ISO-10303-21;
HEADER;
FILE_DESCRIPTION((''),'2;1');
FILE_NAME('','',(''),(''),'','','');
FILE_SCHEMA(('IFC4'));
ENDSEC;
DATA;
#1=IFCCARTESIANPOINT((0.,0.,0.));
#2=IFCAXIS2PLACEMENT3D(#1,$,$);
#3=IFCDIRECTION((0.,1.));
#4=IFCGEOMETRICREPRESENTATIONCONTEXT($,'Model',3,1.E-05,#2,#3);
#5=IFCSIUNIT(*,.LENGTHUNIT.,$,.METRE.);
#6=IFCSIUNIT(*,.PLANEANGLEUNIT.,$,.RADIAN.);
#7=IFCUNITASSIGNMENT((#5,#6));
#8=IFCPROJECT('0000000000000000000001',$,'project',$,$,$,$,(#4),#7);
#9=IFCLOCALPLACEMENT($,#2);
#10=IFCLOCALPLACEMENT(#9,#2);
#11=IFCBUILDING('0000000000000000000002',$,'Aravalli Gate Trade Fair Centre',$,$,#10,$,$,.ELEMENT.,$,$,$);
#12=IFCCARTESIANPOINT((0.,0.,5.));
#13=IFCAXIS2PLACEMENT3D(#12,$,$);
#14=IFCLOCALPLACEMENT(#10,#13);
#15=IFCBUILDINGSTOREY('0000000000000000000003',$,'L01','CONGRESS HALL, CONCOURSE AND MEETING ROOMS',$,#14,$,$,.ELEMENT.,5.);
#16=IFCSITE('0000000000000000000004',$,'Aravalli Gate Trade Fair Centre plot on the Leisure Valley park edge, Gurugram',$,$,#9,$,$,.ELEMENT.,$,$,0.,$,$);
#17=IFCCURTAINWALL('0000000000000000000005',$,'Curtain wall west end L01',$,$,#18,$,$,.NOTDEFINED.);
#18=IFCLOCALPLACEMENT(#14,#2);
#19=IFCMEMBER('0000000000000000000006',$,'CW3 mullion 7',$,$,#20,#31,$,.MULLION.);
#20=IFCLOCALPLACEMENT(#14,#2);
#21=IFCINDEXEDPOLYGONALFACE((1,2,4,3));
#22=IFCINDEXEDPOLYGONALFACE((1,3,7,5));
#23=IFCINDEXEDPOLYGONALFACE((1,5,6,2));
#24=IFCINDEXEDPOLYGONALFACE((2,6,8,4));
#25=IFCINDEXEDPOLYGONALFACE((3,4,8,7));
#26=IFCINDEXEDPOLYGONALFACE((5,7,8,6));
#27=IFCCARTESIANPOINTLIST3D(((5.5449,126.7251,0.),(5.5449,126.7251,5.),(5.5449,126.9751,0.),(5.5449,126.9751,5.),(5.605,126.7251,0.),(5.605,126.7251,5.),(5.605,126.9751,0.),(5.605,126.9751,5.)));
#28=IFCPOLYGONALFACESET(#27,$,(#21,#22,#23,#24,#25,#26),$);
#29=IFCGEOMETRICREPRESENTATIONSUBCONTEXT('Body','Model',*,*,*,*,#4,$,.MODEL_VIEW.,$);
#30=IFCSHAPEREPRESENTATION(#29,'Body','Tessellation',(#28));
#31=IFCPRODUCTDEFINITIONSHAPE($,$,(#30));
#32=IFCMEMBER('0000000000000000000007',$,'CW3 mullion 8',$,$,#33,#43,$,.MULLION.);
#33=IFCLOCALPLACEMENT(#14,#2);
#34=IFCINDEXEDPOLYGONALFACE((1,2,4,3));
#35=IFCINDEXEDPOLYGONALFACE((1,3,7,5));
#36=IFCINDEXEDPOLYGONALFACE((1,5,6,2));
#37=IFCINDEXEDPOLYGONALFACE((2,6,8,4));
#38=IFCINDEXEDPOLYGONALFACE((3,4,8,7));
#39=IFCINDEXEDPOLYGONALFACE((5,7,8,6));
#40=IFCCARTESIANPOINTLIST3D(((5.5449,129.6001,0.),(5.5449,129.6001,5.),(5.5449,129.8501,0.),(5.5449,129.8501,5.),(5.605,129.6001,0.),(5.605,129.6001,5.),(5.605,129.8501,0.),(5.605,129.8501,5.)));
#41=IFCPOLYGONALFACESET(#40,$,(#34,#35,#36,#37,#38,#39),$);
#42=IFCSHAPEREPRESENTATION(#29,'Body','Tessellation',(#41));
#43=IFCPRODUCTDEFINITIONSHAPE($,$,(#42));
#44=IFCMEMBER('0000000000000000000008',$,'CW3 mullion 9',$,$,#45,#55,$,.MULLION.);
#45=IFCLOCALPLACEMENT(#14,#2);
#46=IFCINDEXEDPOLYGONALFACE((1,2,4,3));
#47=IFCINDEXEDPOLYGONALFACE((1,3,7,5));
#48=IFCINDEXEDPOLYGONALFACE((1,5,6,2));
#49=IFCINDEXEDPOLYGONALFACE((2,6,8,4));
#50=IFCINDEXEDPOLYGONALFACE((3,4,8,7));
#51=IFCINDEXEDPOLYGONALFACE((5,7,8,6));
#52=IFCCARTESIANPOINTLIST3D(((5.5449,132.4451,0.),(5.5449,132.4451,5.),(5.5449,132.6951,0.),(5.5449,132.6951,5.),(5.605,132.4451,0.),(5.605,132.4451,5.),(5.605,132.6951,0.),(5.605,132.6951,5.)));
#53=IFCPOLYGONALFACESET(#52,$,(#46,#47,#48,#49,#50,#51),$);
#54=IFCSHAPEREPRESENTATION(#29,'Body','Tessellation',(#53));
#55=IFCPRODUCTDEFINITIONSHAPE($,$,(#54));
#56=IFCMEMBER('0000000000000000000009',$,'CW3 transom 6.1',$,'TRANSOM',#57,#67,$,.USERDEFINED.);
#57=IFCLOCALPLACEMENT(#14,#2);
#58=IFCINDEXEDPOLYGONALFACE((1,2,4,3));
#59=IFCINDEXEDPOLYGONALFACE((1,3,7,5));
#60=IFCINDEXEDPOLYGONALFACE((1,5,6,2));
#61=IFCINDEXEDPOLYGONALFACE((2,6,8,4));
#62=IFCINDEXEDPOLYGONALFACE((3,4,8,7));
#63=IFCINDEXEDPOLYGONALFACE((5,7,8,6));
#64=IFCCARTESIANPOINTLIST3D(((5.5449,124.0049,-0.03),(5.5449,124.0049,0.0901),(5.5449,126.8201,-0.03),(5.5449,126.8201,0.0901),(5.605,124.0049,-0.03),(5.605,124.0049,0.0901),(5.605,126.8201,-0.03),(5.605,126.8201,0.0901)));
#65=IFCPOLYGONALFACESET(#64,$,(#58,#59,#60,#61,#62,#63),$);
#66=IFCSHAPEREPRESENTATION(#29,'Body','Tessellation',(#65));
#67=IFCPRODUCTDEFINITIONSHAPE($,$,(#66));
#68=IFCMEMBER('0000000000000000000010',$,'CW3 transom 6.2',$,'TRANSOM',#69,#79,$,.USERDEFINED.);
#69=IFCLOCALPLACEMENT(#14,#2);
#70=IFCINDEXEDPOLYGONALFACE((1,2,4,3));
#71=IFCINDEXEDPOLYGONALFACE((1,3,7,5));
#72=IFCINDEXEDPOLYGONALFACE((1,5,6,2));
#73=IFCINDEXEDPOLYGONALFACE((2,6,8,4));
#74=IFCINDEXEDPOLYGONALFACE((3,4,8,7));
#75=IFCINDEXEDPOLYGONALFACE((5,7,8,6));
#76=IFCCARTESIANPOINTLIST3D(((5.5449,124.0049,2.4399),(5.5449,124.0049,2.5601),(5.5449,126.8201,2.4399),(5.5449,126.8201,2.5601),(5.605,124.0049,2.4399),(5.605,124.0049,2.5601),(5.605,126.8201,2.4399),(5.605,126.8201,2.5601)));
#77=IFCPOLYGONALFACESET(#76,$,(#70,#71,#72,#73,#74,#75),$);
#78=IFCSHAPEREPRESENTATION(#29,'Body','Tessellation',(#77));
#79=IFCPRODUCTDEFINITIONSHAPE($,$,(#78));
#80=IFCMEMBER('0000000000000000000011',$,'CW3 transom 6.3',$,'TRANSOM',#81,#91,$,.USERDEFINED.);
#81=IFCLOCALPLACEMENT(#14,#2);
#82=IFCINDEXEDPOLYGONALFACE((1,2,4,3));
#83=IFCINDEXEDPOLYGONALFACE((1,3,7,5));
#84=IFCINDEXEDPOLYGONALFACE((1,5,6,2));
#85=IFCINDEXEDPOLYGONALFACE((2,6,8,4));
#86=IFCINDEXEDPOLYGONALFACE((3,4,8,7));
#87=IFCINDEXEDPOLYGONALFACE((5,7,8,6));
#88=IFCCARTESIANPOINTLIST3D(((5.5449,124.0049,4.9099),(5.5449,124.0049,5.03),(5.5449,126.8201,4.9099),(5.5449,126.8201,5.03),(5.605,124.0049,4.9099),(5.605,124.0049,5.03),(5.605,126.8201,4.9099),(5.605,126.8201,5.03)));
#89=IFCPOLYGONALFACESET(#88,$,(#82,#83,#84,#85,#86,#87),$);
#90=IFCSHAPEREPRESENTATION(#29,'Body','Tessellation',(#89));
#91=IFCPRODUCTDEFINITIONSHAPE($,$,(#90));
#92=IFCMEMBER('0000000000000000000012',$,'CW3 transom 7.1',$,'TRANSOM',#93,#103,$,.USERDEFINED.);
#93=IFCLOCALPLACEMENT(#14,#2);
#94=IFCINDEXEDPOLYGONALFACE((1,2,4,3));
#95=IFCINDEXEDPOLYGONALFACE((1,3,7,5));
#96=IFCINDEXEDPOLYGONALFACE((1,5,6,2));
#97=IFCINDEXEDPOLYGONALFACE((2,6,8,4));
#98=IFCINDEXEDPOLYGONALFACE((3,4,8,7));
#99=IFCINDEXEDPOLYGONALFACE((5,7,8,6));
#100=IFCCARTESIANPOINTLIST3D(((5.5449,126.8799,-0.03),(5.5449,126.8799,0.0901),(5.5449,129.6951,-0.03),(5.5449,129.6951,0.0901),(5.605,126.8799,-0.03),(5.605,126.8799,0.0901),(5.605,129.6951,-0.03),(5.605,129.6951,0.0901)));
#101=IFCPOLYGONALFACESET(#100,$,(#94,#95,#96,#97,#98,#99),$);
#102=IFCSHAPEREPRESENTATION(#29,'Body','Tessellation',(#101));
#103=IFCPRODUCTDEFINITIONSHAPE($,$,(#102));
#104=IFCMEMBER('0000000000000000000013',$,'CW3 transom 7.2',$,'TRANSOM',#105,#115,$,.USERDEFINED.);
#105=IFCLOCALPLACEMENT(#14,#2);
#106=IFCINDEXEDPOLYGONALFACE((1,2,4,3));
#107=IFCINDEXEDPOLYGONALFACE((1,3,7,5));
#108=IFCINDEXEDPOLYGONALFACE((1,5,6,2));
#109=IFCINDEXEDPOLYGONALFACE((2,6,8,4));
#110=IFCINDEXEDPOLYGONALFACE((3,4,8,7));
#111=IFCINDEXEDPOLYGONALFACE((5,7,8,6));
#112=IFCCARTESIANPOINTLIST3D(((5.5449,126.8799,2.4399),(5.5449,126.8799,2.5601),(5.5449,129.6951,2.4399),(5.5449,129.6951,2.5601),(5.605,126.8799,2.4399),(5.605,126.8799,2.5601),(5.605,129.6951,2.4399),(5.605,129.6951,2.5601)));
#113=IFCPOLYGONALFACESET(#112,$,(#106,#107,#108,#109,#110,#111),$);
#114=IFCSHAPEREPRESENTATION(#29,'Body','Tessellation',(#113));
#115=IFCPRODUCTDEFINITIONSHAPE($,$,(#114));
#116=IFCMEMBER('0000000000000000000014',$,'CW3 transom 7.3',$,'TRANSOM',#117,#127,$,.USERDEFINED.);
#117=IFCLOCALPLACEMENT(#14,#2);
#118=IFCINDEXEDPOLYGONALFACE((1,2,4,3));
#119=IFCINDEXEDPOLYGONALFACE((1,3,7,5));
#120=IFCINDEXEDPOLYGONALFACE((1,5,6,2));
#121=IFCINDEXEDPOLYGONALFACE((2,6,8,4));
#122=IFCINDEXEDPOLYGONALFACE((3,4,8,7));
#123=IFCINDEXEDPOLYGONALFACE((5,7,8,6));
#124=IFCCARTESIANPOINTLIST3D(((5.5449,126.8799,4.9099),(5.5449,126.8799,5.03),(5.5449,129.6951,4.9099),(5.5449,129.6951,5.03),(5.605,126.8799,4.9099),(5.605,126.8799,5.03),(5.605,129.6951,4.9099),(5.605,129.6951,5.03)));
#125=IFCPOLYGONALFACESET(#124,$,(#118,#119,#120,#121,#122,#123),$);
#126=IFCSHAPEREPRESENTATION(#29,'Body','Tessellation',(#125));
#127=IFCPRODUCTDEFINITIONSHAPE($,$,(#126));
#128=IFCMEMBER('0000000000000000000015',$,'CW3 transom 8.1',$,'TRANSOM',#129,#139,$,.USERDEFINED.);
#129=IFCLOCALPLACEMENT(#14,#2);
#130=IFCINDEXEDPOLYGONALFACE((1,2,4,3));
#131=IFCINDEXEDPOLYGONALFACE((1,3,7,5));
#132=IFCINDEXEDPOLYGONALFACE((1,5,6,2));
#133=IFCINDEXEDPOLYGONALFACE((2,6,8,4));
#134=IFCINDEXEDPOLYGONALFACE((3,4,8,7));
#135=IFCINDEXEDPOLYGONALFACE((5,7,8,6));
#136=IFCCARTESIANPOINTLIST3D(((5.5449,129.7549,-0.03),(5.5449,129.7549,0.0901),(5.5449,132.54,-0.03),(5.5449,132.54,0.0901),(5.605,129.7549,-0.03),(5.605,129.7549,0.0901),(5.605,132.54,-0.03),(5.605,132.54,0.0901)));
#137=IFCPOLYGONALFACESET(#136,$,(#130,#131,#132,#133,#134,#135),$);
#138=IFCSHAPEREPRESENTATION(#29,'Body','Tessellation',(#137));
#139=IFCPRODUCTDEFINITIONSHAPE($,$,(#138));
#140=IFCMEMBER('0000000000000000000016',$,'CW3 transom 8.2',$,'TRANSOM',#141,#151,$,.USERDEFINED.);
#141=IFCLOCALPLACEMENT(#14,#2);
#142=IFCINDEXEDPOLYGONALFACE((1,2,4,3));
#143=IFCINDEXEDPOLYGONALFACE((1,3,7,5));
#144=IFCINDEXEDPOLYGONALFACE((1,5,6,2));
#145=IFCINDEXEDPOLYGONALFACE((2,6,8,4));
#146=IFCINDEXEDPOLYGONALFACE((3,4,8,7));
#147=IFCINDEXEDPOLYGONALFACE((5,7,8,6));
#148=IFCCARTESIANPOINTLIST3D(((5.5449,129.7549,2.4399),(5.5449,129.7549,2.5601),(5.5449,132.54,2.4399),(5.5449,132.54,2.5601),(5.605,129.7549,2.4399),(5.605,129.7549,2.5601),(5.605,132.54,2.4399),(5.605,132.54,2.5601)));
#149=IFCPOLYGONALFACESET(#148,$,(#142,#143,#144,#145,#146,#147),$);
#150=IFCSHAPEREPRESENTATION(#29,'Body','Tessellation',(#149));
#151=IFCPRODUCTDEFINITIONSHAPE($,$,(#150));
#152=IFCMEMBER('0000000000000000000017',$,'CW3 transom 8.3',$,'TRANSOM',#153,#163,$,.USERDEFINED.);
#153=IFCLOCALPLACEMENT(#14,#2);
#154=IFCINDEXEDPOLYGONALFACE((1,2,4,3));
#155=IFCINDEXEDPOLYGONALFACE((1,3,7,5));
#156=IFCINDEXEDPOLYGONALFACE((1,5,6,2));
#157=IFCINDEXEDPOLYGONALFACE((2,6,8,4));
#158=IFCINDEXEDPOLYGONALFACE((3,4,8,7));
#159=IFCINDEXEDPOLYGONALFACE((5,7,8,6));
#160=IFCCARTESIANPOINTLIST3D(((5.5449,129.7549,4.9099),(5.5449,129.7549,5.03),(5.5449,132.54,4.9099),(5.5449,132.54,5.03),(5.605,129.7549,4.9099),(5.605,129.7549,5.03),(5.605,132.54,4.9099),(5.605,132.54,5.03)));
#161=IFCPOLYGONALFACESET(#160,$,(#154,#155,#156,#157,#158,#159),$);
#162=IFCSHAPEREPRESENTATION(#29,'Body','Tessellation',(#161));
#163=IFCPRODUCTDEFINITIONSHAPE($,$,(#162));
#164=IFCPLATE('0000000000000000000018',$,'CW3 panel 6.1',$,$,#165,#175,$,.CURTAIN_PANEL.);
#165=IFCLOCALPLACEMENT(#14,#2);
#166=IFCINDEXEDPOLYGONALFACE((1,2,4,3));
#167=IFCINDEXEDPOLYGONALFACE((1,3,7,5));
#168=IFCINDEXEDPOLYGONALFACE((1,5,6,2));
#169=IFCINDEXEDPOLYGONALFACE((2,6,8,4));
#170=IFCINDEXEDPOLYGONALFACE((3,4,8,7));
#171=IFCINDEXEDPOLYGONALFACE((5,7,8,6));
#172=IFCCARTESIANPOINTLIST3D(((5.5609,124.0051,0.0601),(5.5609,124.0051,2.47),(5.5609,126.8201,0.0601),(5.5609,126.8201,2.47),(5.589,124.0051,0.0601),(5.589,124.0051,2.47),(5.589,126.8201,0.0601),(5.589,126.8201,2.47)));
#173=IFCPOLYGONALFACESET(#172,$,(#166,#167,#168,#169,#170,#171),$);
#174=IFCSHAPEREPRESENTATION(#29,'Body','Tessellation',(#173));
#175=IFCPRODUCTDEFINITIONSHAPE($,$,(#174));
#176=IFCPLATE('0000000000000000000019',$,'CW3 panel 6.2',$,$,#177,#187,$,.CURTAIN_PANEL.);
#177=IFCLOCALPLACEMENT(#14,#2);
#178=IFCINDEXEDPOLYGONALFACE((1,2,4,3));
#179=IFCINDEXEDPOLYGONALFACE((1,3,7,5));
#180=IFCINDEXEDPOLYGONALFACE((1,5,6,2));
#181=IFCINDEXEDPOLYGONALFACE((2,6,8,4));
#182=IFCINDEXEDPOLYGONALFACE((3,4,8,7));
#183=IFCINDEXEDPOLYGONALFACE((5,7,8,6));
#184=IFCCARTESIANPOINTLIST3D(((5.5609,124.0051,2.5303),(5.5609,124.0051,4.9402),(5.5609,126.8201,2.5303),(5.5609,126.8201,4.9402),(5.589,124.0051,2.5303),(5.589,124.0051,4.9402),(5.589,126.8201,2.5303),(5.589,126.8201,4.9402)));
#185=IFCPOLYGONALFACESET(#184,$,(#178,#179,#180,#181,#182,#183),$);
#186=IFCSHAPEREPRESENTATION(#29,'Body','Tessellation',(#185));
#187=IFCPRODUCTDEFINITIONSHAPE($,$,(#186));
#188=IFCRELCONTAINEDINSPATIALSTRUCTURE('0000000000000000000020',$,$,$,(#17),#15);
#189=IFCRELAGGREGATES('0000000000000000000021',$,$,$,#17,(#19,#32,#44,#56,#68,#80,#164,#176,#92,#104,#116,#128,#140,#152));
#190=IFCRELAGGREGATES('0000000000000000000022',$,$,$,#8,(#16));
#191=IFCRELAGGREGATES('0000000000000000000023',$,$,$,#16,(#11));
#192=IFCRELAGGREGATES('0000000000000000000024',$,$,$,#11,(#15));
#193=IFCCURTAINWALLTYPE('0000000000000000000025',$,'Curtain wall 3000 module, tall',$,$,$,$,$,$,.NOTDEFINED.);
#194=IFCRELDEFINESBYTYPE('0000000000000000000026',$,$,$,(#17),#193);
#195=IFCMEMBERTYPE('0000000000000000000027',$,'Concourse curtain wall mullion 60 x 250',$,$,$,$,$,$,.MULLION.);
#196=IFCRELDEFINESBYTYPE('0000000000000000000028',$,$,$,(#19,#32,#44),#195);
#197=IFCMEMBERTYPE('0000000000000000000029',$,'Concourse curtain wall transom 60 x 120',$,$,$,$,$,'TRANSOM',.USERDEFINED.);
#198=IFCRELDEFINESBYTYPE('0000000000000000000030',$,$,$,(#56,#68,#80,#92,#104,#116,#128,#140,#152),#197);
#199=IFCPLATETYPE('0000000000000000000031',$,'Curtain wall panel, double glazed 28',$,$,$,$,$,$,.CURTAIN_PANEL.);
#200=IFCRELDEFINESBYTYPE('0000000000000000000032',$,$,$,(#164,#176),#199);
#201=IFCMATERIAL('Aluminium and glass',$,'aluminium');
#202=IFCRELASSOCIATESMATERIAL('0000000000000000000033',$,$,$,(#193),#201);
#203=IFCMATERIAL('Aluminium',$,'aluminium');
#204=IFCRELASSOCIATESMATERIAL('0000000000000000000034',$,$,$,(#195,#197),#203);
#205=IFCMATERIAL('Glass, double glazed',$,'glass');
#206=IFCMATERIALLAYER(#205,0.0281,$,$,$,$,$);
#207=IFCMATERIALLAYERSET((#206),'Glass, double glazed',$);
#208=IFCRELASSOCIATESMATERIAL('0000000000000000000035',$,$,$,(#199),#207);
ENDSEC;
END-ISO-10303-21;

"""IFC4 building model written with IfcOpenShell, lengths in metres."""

from ifc_helpers import new_model, si_unit, direction, frame, origin, origin_2d, place, context, subcontext, project, spatial, rectangle, extrude, material, layer, layer_set, material_profile, profile_set, type_object, element, aggregate, save


model = new_model("IFC4")

# Units and contexts
model_context = context("Model", 3, precision=1e-05, world=origin(), true_north=direction((0.0, 1.0)))
body_context = subcontext(model_context, "Body", "Model", "MODEL_VIEW")
ifc_project = project(units=[si_unit("LENGTHUNIT", "METRE"), si_unit("PLANEANGLEUNIT", "RADIAN")], contexts=[model_context])

# Site, building, storey
site_placement = place(None, origin())
site = spatial("IfcSite", under=ifc_project, at=site_placement, Name="Aravalli Gate Trade Fair Centre plot on the Leisure Valley park edge, Gurugram", CompositionType="ELEMENT", RefElevation=0.0)
building_placement = place(site_placement, origin())
building = spatial("IfcBuilding", under=site, at=building_placement, Name="Aravalli Gate Trade Fair Centre", CompositionType="ELEMENT")
storey_placement = place(building_placement, frame((0.0, 0.0, 5.0)))
storey = spatial("IfcBuildingStorey", under=building, at=storey_placement, Name="L01", Description="CONGRESS HALL, CONCOURSE AND MEETING ROOMS", CompositionType="ELEMENT", Elevation=5.0)

# Curtain wall, members, plates
ifc_material_1 = material(Name="Aluminium and glass", Category="aluminium")
curtain_wall_type = type_object("IfcCurtainWallType", Name="Curtain wall 3000 module, tall", PredefinedType="NOTDEFINED", material=ifc_material_1)
curtain_wall_placement = place(storey_placement, origin())
curtain_wall = element("IfcCurtainWall", 1, at=curtain_wall_placement, inside=storey, type_object=curtain_wall_type, Name="Curtain wall west end L01", PredefinedType="NOTDEFINED")
ifc_material_2 = material(Name="Aluminium", Category="aluminium")
ifc_material_profile_1 = material_profile(ifc_material_2, rectangle(XDim=0.0601, YDim=0.25, at=origin_2d()), Name="Concourse curtain wall mullion 60 x 250")
ifc_profile_set_1 = profile_set([ifc_material_profile_1], Name="Aluminium")
member_type_1 = type_object("IfcMemberType", Name="Concourse curtain wall mullion 60 x 250", PredefinedType="MULLION", material=ifc_profile_set_1)
member_1_placement = place(storey_placement, frame((5.575, 126.8501, 0.0), z_axis=(0.0, 0.0, 1.0), x_axis=(-1.0, 0.0, 0.0)))
member_1 = element("IfcMember", 2, at=member_1_placement, type_object=member_type_1, Name="CW3 mullion 7", PredefinedType="MULLION", context=body_context, shape_type="SweptSolid", body=[
    extrude(rectangle(XDim=0.0601, YDim=0.25, at=origin_2d()), origin(), (0.0, 0.0, 1.0), 5.0),
])
member_2_placement = place(storey_placement, frame((5.575, 129.7251, 0.0), z_axis=(0.0, 0.0, 1.0), x_axis=(-1.0, 0.0, 0.0)))
member_2 = element("IfcMember", 3, at=member_2_placement, type_object=member_type_1, Name="CW3 mullion 8", PredefinedType="MULLION", context=body_context, shape_type="SweptSolid", body=[
    extrude(rectangle(XDim=0.0601, YDim=0.25, at=origin_2d()), origin(), (0.0, 0.0, 1.0), 5.0),
])
member_3_placement = place(storey_placement, frame((5.575, 132.5701, 0.0), z_axis=(0.0, 0.0, 1.0), x_axis=(-1.0, 0.0, 0.0)))
member_3 = element("IfcMember", 4, at=member_3_placement, type_object=member_type_1, Name="CW3 mullion 9", PredefinedType="MULLION", context=body_context, shape_type="SweptSolid", body=[
    extrude(rectangle(XDim=0.0601, YDim=0.25, at=origin_2d()), origin(), (0.0, 0.0, 1.0), 5.0),
])
ifc_material_profile_2 = material_profile(ifc_material_2, rectangle(XDim=0.0601, YDim=0.1201, at=origin_2d()), Name="Concourse curtain wall transom 60 x 120")
ifc_profile_set_2 = profile_set([ifc_material_profile_2], Name="Aluminium")
member_type_2 = type_object("IfcMemberType", Name="Concourse curtain wall transom 60 x 120", ElementType="TRANSOM", PredefinedType="USERDEFINED", material=ifc_profile_set_2)
member_4_placement = place(storey_placement, frame((5.575, 124.0049, 0.03), z_axis=(0.0, 1.0, 0.0), x_axis=(-1.0, 0.0, 0.0)))
member_4 = element("IfcMember", 5, at=member_4_placement, type_object=member_type_2, Name="CW3 transom 6.1", ObjectType="TRANSOM", PredefinedType="USERDEFINED", context=body_context, shape_type="SweptSolid", body=[
    extrude(rectangle(XDim=0.0601, YDim=0.1201, at=origin_2d()), origin(), (0.0, 0.0, 1.0), 2.8152),
])
member_5_placement = place(storey_placement, frame((5.575, 124.0049, 2.5), z_axis=(0.0, 1.0, 0.0), x_axis=(-1.0, 0.0, 0.0)))
member_5 = element("IfcMember", 6, at=member_5_placement, type_object=member_type_2, Name="CW3 transom 6.2", ObjectType="TRANSOM", PredefinedType="USERDEFINED", context=body_context, shape_type="SweptSolid", body=[
    extrude(rectangle(XDim=0.0601, YDim=0.1201, at=origin_2d()), origin(), (0.0, 0.0, 1.0), 2.8152),
])
member_6_placement = place(storey_placement, frame((5.575, 124.0049, 4.97), z_axis=(0.0, 1.0, 0.0), x_axis=(-1.0, 0.0, 0.0)))
member_6 = element("IfcMember", 7, at=member_6_placement, type_object=member_type_2, Name="CW3 transom 6.3", ObjectType="TRANSOM", PredefinedType="USERDEFINED", context=body_context, shape_type="SweptSolid", body=[
    extrude(rectangle(XDim=0.0601, YDim=0.1201, at=origin_2d()), origin(), (0.0, 0.0, 1.0), 2.8152),
])
member_7_placement = place(storey_placement, frame((5.575, 126.8799, 0.03), z_axis=(0.0, 1.0, 0.0), x_axis=(-1.0, 0.0, 0.0)))
member_7 = element("IfcMember", 8, at=member_7_placement, type_object=member_type_2, Name="CW3 transom 7.1", ObjectType="TRANSOM", PredefinedType="USERDEFINED", context=body_context, shape_type="SweptSolid", body=[
    extrude(rectangle(XDim=0.0601, YDim=0.1201, at=origin_2d()), origin(), (0.0, 0.0, 1.0), 2.8152),
])
member_8_placement = place(storey_placement, frame((5.575, 126.8799, 2.5), z_axis=(0.0, 1.0, 0.0), x_axis=(-1.0, 0.0, 0.0)))
member_8 = element("IfcMember", 9, at=member_8_placement, type_object=member_type_2, Name="CW3 transom 7.2", ObjectType="TRANSOM", PredefinedType="USERDEFINED", context=body_context, shape_type="SweptSolid", body=[
    extrude(rectangle(XDim=0.0601, YDim=0.1201, at=origin_2d()), origin(), (0.0, 0.0, 1.0), 2.8152),
])
member_9_placement = place(storey_placement, frame((5.575, 126.8799, 4.97), z_axis=(0.0, 1.0, 0.0), x_axis=(-1.0, 0.0, 0.0)))
member_9 = element("IfcMember", 10, at=member_9_placement, type_object=member_type_2, Name="CW3 transom 7.3", ObjectType="TRANSOM", PredefinedType="USERDEFINED", context=body_context, shape_type="SweptSolid", body=[
    extrude(rectangle(XDim=0.0601, YDim=0.1201, at=origin_2d()), origin(), (0.0, 0.0, 1.0), 2.8152),
])
member_10_placement = place(storey_placement, frame((5.575, 129.7549, 0.03), z_axis=(0.0, 1.0, 0.0), x_axis=(-1.0, 0.0, 0.0)))
member_10 = element("IfcMember", 11, at=member_10_placement, type_object=member_type_2, Name="CW3 transom 8.1", ObjectType="TRANSOM", PredefinedType="USERDEFINED", context=body_context, shape_type="SweptSolid", body=[
    extrude(rectangle(XDim=0.0601, YDim=0.1201, at=origin_2d()), origin(), (0.0, 0.0, 1.0), 2.7852),
])
member_11_placement = place(storey_placement, frame((5.575, 129.7549, 2.5), z_axis=(0.0, 1.0, 0.0), x_axis=(-1.0, 0.0, 0.0)))
member_11 = element("IfcMember", 12, at=member_11_placement, type_object=member_type_2, Name="CW3 transom 8.2", ObjectType="TRANSOM", PredefinedType="USERDEFINED", context=body_context, shape_type="SweptSolid", body=[
    extrude(rectangle(XDim=0.0601, YDim=0.1201, at=origin_2d()), origin(), (0.0, 0.0, 1.0), 2.7852),
])
member_12_placement = place(storey_placement, frame((5.575, 129.7549, 4.97), z_axis=(0.0, 1.0, 0.0), x_axis=(-1.0, 0.0, 0.0)))
member_12 = element("IfcMember", 13, at=member_12_placement, type_object=member_type_2, Name="CW3 transom 8.3", ObjectType="TRANSOM", PredefinedType="USERDEFINED", context=body_context, shape_type="SweptSolid", body=[
    extrude(rectangle(XDim=0.0601, YDim=0.1201, at=origin_2d()), origin(), (0.0, 0.0, 1.0), 2.7852),
])
ifc_material_3 = material(Name="Glass, double glazed", Category="glass")
ifc_layer = layer(ifc_material_3, 0.0281)
ifc_layer_set = layer_set([ifc_layer], Name="Glass, double glazed")
plate_type = type_object("IfcPlateType", Name="Curtain wall panel, double glazed 28", PredefinedType="CURTAIN_PANEL", material=ifc_layer_set)
plate_1_placement = place(storey_placement, frame((5.575, 125.4126, 0.0601), z_axis=(0.0, 0.0, 1.0), x_axis=(0.0, 1.0, 0.0)))
plate_1 = element("IfcPlate", 14, at=plate_1_placement, type_object=plate_type, Name="CW3 panel 6.1", PredefinedType="CURTAIN_PANEL", context=body_context, shape_type="SweptSolid", body=[
    extrude(rectangle(XDim=2.8149, YDim=0.0281, at=origin_2d()), origin(), (0.0, 0.0, 1.0), 2.4099),
])
plate_2_placement = place(storey_placement, frame((5.575, 125.4126, 2.5303), z_axis=(0.0, 0.0, 1.0), x_axis=(0.0, 1.0, 0.0)))
plate_2 = element("IfcPlate", 15, at=plate_2_placement, type_object=plate_type, Name="CW3 panel 6.2", PredefinedType="CURTAIN_PANEL", context=body_context, shape_type="SweptSolid", body=[
    extrude(rectangle(XDim=2.8149, YDim=0.0281, at=origin_2d()), origin(), (0.0, 0.0, 1.0), 2.4099),
])
aggregate(curtain_wall, [member_1, member_2, member_3, member_4, member_5, member_6, plate_1, plate_2, member_7, member_8, member_9, member_10, member_11, member_12])

save(model, "model.ifc")
